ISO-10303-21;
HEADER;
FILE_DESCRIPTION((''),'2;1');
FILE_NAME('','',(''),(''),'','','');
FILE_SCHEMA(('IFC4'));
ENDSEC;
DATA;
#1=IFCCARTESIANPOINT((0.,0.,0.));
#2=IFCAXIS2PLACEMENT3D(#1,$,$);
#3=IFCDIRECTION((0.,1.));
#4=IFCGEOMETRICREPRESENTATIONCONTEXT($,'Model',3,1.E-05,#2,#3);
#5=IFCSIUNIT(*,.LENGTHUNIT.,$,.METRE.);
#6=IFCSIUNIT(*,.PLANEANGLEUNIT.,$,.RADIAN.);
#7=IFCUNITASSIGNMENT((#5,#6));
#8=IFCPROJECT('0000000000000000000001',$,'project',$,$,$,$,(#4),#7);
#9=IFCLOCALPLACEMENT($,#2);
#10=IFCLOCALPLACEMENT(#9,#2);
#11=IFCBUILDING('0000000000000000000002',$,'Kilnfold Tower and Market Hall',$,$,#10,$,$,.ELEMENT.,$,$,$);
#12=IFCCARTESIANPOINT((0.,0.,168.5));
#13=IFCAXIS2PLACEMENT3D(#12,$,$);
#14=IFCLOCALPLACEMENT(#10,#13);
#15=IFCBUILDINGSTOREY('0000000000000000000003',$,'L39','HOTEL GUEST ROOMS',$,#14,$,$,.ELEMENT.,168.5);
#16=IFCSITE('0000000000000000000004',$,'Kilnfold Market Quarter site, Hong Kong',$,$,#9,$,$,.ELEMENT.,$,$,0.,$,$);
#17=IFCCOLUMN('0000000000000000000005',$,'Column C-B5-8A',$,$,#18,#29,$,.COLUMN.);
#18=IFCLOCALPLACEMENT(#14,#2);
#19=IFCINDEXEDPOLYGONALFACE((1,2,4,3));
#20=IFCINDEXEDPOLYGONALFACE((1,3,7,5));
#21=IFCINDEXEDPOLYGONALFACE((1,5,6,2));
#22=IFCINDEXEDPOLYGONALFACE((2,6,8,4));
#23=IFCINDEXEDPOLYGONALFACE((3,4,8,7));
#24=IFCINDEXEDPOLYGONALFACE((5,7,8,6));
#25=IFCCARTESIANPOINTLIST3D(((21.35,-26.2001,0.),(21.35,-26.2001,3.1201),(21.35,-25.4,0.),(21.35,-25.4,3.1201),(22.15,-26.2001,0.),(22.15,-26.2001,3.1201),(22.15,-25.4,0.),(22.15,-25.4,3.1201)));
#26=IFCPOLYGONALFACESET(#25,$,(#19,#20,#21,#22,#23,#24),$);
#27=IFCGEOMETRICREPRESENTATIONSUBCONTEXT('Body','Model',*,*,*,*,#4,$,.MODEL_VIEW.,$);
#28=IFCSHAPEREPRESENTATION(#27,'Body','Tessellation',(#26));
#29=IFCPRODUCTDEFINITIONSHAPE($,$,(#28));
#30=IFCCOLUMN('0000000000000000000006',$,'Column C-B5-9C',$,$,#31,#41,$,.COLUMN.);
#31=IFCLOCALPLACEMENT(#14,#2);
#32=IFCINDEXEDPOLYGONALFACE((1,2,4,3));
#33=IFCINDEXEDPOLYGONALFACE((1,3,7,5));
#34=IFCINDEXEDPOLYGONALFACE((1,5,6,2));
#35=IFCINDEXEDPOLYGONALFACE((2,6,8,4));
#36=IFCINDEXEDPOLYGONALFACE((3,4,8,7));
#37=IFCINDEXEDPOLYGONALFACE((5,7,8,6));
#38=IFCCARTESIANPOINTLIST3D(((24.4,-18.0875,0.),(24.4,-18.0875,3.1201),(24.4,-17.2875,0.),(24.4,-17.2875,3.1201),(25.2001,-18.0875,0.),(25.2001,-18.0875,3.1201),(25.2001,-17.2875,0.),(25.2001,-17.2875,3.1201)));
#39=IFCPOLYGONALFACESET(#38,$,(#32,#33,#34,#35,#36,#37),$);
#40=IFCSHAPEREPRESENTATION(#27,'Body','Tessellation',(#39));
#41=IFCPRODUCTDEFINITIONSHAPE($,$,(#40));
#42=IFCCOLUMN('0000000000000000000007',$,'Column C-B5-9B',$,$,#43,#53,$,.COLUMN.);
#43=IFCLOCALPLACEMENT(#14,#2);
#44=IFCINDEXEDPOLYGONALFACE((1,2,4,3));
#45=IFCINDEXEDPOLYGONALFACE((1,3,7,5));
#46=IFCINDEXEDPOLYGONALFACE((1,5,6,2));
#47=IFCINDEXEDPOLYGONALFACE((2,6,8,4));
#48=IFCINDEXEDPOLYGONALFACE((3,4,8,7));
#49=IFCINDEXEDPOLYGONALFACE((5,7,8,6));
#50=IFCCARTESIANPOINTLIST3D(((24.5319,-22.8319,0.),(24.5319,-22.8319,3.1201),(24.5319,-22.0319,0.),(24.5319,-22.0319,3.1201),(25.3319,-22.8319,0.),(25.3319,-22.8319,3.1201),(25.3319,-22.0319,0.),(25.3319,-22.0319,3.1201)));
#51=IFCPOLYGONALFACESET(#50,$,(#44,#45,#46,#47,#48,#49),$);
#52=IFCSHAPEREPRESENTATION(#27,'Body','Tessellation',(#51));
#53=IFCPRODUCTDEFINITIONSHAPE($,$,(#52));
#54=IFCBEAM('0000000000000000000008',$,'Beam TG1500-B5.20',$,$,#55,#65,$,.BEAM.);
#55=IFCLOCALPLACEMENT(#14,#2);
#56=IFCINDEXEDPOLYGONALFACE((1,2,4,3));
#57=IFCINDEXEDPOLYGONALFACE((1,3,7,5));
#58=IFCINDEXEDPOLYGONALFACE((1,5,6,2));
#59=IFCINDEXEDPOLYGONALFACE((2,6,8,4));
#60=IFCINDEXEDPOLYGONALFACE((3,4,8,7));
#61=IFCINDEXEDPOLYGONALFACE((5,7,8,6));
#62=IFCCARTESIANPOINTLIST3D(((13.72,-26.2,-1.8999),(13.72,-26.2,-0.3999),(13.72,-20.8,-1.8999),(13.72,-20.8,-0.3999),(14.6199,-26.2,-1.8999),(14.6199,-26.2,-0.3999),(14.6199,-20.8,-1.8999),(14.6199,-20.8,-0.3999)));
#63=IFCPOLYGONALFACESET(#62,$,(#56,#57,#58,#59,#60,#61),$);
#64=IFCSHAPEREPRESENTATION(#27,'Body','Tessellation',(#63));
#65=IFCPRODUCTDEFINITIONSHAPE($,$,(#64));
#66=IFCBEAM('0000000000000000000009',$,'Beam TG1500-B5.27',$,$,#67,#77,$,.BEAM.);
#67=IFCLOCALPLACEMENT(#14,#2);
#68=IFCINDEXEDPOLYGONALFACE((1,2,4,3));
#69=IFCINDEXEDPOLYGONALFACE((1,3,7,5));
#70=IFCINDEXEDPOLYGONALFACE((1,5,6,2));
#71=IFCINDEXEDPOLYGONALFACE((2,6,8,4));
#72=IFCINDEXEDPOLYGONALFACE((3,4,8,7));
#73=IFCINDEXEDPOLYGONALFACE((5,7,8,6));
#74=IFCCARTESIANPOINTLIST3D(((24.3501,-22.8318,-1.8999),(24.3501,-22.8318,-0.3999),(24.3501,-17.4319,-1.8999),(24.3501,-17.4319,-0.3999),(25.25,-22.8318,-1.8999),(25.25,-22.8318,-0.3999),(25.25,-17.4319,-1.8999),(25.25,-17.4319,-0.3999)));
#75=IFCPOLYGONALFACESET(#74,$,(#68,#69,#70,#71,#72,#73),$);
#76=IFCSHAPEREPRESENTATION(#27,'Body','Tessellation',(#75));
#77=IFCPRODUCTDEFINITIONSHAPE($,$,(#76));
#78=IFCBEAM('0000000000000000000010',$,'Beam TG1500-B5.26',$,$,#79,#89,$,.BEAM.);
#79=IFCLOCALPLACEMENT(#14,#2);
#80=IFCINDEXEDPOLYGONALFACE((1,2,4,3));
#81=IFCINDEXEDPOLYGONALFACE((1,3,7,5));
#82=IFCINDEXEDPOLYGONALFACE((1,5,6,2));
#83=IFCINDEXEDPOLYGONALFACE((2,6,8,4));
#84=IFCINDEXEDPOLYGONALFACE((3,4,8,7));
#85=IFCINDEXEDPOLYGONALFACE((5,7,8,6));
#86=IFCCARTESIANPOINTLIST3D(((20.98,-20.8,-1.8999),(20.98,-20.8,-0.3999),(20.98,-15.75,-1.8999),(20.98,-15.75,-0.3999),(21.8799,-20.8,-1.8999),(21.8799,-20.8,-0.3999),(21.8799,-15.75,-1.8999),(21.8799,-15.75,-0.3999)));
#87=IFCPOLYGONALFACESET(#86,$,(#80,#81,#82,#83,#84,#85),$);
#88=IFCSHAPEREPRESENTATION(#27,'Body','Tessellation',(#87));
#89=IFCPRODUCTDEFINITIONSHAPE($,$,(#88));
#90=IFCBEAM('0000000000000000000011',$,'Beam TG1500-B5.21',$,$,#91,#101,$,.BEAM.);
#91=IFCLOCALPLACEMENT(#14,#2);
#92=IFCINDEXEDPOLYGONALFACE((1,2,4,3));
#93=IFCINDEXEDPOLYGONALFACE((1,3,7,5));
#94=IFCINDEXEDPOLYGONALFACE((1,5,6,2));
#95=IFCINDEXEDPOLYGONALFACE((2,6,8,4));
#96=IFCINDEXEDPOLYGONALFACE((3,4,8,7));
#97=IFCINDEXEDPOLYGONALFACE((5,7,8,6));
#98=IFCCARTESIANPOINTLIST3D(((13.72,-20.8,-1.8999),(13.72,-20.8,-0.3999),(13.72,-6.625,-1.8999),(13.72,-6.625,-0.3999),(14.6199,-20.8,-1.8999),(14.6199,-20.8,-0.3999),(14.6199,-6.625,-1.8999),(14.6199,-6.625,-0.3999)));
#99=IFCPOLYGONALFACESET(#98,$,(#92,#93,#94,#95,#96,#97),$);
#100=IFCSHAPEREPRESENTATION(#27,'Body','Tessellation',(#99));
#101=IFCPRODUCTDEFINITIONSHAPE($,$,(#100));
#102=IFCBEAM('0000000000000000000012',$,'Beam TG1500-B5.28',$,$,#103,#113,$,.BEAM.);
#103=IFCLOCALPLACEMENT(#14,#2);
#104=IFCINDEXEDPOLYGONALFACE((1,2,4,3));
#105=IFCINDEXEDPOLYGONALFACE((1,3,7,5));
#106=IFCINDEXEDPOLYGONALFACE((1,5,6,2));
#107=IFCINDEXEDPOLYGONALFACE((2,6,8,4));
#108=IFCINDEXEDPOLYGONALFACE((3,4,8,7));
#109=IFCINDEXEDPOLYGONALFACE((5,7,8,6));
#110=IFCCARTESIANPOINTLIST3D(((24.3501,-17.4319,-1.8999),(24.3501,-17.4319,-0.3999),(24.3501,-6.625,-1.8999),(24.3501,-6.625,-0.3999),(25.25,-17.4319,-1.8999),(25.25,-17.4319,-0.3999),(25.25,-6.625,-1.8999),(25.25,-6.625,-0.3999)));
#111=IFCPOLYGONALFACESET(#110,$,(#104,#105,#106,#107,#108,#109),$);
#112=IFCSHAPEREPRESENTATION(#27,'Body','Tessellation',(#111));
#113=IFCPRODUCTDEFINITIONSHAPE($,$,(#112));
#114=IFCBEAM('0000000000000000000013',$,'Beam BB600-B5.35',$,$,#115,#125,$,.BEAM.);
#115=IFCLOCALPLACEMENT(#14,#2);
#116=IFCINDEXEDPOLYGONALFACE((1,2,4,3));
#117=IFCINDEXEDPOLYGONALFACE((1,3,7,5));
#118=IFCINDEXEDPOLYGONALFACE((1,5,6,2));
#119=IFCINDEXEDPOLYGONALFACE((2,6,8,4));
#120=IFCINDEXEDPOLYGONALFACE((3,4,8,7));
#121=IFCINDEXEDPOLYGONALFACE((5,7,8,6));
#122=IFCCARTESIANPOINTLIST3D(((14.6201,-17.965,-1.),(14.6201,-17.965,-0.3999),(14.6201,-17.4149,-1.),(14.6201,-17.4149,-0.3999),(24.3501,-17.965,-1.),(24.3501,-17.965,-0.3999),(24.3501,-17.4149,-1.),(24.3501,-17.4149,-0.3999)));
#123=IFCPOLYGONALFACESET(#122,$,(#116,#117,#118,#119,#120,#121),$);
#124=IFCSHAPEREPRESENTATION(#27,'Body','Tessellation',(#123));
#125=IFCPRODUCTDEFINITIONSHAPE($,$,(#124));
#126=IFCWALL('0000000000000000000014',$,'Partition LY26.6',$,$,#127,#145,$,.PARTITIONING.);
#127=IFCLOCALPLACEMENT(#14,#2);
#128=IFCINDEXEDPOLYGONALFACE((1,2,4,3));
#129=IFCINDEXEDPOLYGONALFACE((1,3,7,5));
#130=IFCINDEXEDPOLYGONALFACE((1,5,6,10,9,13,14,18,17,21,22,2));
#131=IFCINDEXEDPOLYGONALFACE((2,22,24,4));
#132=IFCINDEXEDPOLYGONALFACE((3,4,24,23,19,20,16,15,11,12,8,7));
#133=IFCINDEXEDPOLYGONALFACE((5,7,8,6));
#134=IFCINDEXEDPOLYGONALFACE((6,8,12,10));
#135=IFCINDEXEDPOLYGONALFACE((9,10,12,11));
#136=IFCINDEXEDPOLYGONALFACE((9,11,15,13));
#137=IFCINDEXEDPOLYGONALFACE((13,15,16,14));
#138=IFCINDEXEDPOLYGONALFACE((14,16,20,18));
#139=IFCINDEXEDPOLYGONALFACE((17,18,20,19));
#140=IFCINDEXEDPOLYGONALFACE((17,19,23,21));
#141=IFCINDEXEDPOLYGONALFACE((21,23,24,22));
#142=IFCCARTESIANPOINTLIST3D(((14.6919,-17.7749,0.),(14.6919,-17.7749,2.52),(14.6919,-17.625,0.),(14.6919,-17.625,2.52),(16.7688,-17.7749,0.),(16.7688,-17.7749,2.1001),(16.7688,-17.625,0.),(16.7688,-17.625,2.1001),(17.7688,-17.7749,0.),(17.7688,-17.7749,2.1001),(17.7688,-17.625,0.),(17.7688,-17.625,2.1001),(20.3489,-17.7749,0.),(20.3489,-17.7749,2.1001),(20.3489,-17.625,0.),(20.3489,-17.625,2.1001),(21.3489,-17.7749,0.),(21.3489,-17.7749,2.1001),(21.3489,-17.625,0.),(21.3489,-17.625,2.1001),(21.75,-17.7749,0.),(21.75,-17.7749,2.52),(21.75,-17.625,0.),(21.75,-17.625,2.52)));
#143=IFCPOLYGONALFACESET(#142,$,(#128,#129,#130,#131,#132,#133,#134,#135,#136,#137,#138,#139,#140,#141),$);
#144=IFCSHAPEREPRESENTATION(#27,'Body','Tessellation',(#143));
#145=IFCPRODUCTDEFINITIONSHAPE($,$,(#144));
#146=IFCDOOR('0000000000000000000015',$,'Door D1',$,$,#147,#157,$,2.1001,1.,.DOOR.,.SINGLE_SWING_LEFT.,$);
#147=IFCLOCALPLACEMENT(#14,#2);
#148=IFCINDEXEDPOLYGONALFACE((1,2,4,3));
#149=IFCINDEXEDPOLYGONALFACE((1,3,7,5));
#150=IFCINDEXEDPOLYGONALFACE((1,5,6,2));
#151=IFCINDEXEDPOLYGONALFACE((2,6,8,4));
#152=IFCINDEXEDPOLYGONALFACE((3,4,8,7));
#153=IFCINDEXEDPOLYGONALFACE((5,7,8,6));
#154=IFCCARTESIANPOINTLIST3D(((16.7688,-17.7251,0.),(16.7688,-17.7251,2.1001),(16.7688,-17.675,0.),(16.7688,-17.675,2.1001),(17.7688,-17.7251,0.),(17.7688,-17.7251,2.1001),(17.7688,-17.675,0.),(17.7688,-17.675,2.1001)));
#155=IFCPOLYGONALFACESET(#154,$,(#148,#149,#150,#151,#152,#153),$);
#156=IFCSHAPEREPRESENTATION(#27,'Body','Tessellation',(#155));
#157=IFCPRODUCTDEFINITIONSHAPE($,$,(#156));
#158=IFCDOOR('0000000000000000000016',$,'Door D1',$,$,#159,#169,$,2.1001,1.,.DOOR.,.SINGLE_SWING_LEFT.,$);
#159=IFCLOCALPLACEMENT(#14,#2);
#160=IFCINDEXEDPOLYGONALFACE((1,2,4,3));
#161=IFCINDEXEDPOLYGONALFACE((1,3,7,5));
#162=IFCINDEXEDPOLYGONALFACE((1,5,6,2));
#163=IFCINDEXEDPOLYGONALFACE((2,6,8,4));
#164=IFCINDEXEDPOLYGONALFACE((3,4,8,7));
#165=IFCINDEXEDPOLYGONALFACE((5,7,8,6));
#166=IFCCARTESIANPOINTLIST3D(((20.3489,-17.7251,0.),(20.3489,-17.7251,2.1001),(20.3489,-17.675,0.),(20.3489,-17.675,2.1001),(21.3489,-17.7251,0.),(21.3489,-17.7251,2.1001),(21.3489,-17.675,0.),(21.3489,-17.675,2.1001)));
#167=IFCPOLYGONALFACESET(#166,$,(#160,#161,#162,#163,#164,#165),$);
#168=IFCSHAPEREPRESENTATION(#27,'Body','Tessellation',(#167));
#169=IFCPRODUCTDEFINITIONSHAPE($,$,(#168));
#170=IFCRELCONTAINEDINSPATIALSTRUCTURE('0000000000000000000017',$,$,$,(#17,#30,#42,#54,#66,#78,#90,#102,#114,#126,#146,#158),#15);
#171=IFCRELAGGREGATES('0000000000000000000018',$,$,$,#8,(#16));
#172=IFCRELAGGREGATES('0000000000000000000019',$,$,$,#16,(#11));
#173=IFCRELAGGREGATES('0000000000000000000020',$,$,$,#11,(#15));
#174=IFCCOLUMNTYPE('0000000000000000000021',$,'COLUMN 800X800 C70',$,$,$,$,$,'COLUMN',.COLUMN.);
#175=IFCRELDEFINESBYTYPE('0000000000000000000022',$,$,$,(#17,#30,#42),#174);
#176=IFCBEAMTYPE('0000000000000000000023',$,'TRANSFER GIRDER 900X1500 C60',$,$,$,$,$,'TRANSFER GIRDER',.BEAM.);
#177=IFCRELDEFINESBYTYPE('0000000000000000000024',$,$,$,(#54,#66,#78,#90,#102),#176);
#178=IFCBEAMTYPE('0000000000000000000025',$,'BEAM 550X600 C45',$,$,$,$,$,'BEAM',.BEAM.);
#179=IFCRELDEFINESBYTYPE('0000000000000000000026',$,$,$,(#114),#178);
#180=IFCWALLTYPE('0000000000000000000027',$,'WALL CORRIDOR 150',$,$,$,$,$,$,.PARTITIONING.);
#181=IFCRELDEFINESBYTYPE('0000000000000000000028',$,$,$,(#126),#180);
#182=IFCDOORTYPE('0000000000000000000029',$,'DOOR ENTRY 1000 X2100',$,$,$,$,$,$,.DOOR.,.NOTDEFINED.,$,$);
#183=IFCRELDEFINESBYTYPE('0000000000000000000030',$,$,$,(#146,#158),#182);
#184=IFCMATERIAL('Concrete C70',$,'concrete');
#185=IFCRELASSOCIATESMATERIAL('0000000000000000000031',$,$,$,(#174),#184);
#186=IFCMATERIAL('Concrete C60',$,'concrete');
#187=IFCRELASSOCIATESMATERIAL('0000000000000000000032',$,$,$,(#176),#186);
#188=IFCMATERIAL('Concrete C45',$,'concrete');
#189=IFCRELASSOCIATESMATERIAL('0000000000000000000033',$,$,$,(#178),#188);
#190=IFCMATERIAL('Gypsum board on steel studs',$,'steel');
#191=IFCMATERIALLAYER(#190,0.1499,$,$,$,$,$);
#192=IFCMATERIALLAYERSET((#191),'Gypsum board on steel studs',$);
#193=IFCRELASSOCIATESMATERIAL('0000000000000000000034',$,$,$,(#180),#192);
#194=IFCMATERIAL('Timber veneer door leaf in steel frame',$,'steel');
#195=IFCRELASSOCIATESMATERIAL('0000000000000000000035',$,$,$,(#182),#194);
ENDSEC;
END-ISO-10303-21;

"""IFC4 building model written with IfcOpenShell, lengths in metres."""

from ifc_helpers import new_model, si_unit, direction, frame, frame_2d, origin, origin_2d, place, context, subcontext, project, spatial, rectangle, extrude, source, transform, mapped, material, layer, layer_set, material_profile, profile_set, type_object, element, fill, save


model = new_model("IFC4")

# Units and contexts
model_context = context("Model", 3, precision=1e-05, world=origin(), true_north=direction((0.0, 1.0)))
body_context = subcontext(model_context, "Body", "Model", "MODEL_VIEW")
ifc_project = project(units=[si_unit("LENGTHUNIT", "METRE"), si_unit("PLANEANGLEUNIT", "RADIAN")], contexts=[model_context])

# Site, building, storey
site_placement = place(None, origin())
site = spatial("IfcSite", under=ifc_project, at=site_placement, Name="Kilnfold Market Quarter site, Hong Kong", CompositionType="ELEMENT", RefElevation=0.0)
building_placement = place(site_placement, origin())
building = spatial("IfcBuilding", under=site, at=building_placement, Name="Kilnfold Tower and Market Hall", CompositionType="ELEMENT")
storey_placement = place(building_placement, frame((0.0, 0.0, 168.5)))
storey = spatial("IfcBuildingStorey", under=building, at=storey_placement, Name="L39", Description="HOTEL GUEST ROOMS", CompositionType="ELEMENT", Elevation=168.5)

# Columns
ifc_material_1 = material(Name="Concrete C70", Category="concrete")
ifc_material_profile_1 = material_profile(ifc_material_1, rectangle(XDim=0.8, YDim=0.8, at=origin_2d()), Name="RC 800x800")
ifc_profile_set_1 = profile_set([ifc_material_profile_1], Name="Concrete C70")
column_type = type_object("IfcColumnType", Name="COLUMN 800X800 C70", ElementType="COLUMN", PredefinedType="COLUMN", material=ifc_profile_set_1)
shared_shape_1 = source(origin(), body_context, "Body", "SweptSolid", [
    extrude(rectangle(XDim=0.8, YDim=0.8, at=origin_2d()), origin(), (0.0, 0.0, 1.0), 3.1201),
])
for number, where, z_axis, x_axis, name in (
    (1, (21.75, -25.8, 0.0), (0.0, 0.0, 1.0), (1.0, 0.0, 0.0), "Column C-B5-8A"),
    (2, (24.8, -17.6875, 0.0), (0.0, 0.0, 1.0), (1.0, 0.0, 0.0), "Column C-B5-9C"),
    (3, (24.9319, -22.4319, 0.0), (0.0, 0.0, 1.0), (1.0, 0.0, 0.0), "Column C-B5-9B"),
):
    element("IfcColumn", number, at=place(storey_placement, frame(where, z_axis=z_axis, x_axis=x_axis)), inside=storey, type_object=column_type, Name=name, PredefinedType="COLUMN", context=body_context, shape_type="MappedRepresentation", body=[
        mapped(shared_shape_1, transform((0.0, 0.0, 0.0))),
    ])

# Beams
ifc_material_2 = material(Name="Concrete C60", Category="concrete")
ifc_material_profile_2 = material_profile(ifc_material_2, rectangle(XDim=0.8999, YDim=1.5, at=origin_2d()), Name="RC 900x1500")
ifc_profile_set_2 = profile_set([ifc_material_profile_2], Name="Concrete C60")
beam_type_1 = type_object("IfcBeamType", Name="TRANSFER GIRDER 900X1500 C60", ElementType="TRANSFER GIRDER", PredefinedType="BEAM", material=ifc_profile_set_2)
shared_shape_2 = source(origin(), body_context, "Body", "SweptSolid", [
    extrude(rectangle(XDim=0.8999, YDim=1.5, at=origin_2d()), origin(), (0.0, 0.0, 1.0), 5.3999),
])
for number, where, z_axis, x_axis, name in (
    (4, (14.1699, -26.2, -1.1499), (0.0, 1.0, 0.0), (-1.0, 0.0, 0.0), "Beam TG1500-B5.20"),
    (5, (24.8, -22.8318, -1.1499), (0.0, 1.0, 0.0), (-1.0, 0.0, 0.0), "Beam TG1500-B5.27"),
):
    element("IfcBeam", number, at=place(storey_placement, frame(where, z_axis=z_axis, x_axis=x_axis)), inside=storey, type_object=beam_type_1, Name=name, PredefinedType="BEAM", context=body_context, shape_type="MappedRepresentation", body=[
        mapped(shared_shape_2, transform((0.0, 0.0, 0.0))),
    ])
shared_shape_3 = source(origin(), body_context, "Body", "SweptSolid", [
    extrude(rectangle(XDim=0.8999, YDim=1.5, at=origin_2d()), origin(), (0.0, 0.0, 1.0), 5.05),
])
beam_1_placement = place(storey_placement, frame((21.4299, -20.8, -1.1499), z_axis=(0.0, 1.0, 0.0), x_axis=(-1.0, 0.0, 0.0)))
element("IfcBeam", 6, at=beam_1_placement, inside=storey, type_object=beam_type_1, Name="Beam TG1500-B5.26", PredefinedType="BEAM", context=body_context, shape_type="MappedRepresentation", body=[
    mapped(shared_shape_3, transform((0.0, 0.0, 0.0))),
])
shared_shape_4 = source(origin(), body_context, "Body", "SweptSolid", [
    extrude(rectangle(XDim=0.8999, YDim=1.5, at=origin_2d()), origin(), (0.0, 0.0, 1.0), 14.175),
])
beam_2_placement = place(storey_placement, frame((14.1699, -20.8, -1.1499), z_axis=(0.0, 1.0, 0.0), x_axis=(-1.0, 0.0, 0.0)))
element("IfcBeam", 7, at=beam_2_placement, inside=storey, type_object=beam_type_1, Name="Beam TG1500-B5.21", PredefinedType="BEAM", context=body_context, shape_type="MappedRepresentation", body=[
    mapped(shared_shape_4, transform((0.0, 0.0, 0.0))),
])
shared_shape_5 = source(origin(), body_context, "Body", "SweptSolid", [
    extrude(rectangle(XDim=0.8999, YDim=1.5, at=origin_2d()), origin(), (0.0, 0.0, 1.0), 10.8069),
])
beam_3_placement = place(storey_placement, frame((24.8, -17.4319, -1.1499), z_axis=(0.0, 1.0, 0.0), x_axis=(-1.0, 0.0, 0.0)))
element("IfcBeam", 8, at=beam_3_placement, inside=storey, type_object=beam_type_1, Name="Beam TG1500-B5.28", PredefinedType="BEAM", context=body_context, shape_type="MappedRepresentation", body=[
    mapped(shared_shape_5, transform((0.0, 0.0, 0.0))),
])
ifc_material_3 = material(Name="Concrete C45", Category="concrete")
ifc_material_profile_3 = material_profile(ifc_material_3, rectangle(XDim=0.55, YDim=0.6001, at=origin_2d()), Name="RC 550x600")
ifc_profile_set_3 = profile_set([ifc_material_profile_3], Name="Concrete C45")
beam_type_2 = type_object("IfcBeamType", Name="BEAM 550X600 C45", ElementType="BEAM", PredefinedType="BEAM", material=ifc_profile_set_3)
shared_shape_6 = source(origin(), body_context, "Body", "SweptSolid", [
    extrude(rectangle(XDim=0.55, YDim=0.6001, at=origin_2d()), origin(), (0.0, 0.0, 1.0), 9.73),
])
beam_4_placement = place(storey_placement, frame((14.6201, -17.6899, -0.7), z_axis=(1.0, 0.0, 0.0), x_axis=(0.0, 1.0, 0.0)))
element("IfcBeam", 9, at=beam_4_placement, inside=storey, type_object=beam_type_2, Name="Beam BB600-B5.35", PredefinedType="BEAM", context=body_context, shape_type="MappedRepresentation", body=[
    mapped(shared_shape_6, transform((0.0, 0.0, 0.0))),
])

# Wall, openings, doors
ifc_material_4 = material(Name="Gypsum board on steel studs", Category="steel")
ifc_layer_1 = layer(ifc_material_4, 0.1499)
ifc_layer_set_1 = layer_set([ifc_layer_1], Name="Gypsum board on steel studs")
wall_type_1 = type_object("IfcWallType", Name="WALL CORRIDOR 150", PredefinedType="PARTITIONING", material=ifc_layer_set_1)
wall_1_placement = place(storey_placement, frame((14.6919, -17.7, 0.0), z_axis=(0.0, 0.0, 1.0), x_axis=(1.0, 0.0, 0.0)))
wall_1 = element("IfcWall", 10, at=wall_1_placement, inside=storey, type_object=wall_type_1, Name="Partition LY26.6", PredefinedType="PARTITIONING", context=body_context, shape_type="SweptSolid", body=[
    extrude(rectangle(XDim=7.0581, YDim=0.1499, at=frame_2d((3.5291, 0.0))), origin(), (0.0, 0.0, 1.0), 2.52),
])
opening_1_placement = place(wall_1_placement, frame((2.0769, 0.0, 0.0)))
opening_1 = element("IfcOpeningElement", 11, at=opening_1_placement, cuts=wall_1, PredefinedType="OPENING", context=body_context, shape_type="SweptSolid", body=[
    extrude(rectangle(XDim=1.0, YDim=2.1001, at=frame_2d((0.5, 1.05))), frame((0.0, 0.085, 0.0), z_axis=(0.0, -1.0, 0.0), x_axis=(1.0, 0.0, 0.0)), (0.0, 0.0, 1.0), 0.1699),
])
opening_2_placement = place(wall_1_placement, frame((5.657, 0.0, 0.0)))
opening_2 = element("IfcOpeningElement", 12, at=opening_2_placement, cuts=wall_1, PredefinedType="OPENING", context=body_context, shape_type="SweptSolid", body=[
    extrude(rectangle(XDim=1.0, YDim=2.1001, at=frame_2d((0.5, 1.05))), frame((0.0, 0.085, 0.0), z_axis=(0.0, -1.0, 0.0), x_axis=(1.0, 0.0, 0.0)), (0.0, 0.0, 1.0), 0.1699),
])
ifc_material_5 = material(Name="Timber veneer door leaf in steel frame", Category="steel")
door_type_1 = type_object("IfcDoorType", Name="DOOR ENTRY 1000 X2100", OperationType="NOTDEFINED", PredefinedType="DOOR", material=ifc_material_5)
door_1_placement = place(opening_1_placement, origin())
door_1 = element("IfcDoor", 13, at=door_1_placement, inside=storey, type_object=door_type_1, Name="Door D1", OperationType="SINGLE_SWING_LEFT", OverallHeight=2.1001, OverallWidth=1.0, PredefinedType="DOOR", context=body_context, shape_type="SweptSolid", body=[
    extrude(rectangle(XDim=1.0, YDim=2.1001, at=frame_2d((0.5, 1.05))), frame((0.0, 0.0249, 0.0), z_axis=(0.0, -1.0, 0.0), x_axis=(1.0, 0.0, 0.0)), (0.0, 0.0, 1.0), 0.05),
])
fill(opening_1, door_1)
door_2_placement = place(opening_2_placement, origin())
door_2 = element("IfcDoor", 14, at=door_2_placement, inside=storey, type_object=door_type_1, Name="Door D1", OperationType="SINGLE_SWING_LEFT", OverallHeight=2.1001, OverallWidth=1.0, PredefinedType="DOOR", context=body_context, shape_type="SweptSolid", body=[
    extrude(rectangle(XDim=1.0, YDim=2.1001, at=frame_2d((0.5, 1.05))), frame((0.0, 0.0249, 0.0), z_axis=(0.0, -1.0, 0.0), x_axis=(1.0, 0.0, 0.0)), (0.0, 0.0, 1.0), 0.05),
])
fill(opening_2, door_2)

save(model, "model.ifc")
